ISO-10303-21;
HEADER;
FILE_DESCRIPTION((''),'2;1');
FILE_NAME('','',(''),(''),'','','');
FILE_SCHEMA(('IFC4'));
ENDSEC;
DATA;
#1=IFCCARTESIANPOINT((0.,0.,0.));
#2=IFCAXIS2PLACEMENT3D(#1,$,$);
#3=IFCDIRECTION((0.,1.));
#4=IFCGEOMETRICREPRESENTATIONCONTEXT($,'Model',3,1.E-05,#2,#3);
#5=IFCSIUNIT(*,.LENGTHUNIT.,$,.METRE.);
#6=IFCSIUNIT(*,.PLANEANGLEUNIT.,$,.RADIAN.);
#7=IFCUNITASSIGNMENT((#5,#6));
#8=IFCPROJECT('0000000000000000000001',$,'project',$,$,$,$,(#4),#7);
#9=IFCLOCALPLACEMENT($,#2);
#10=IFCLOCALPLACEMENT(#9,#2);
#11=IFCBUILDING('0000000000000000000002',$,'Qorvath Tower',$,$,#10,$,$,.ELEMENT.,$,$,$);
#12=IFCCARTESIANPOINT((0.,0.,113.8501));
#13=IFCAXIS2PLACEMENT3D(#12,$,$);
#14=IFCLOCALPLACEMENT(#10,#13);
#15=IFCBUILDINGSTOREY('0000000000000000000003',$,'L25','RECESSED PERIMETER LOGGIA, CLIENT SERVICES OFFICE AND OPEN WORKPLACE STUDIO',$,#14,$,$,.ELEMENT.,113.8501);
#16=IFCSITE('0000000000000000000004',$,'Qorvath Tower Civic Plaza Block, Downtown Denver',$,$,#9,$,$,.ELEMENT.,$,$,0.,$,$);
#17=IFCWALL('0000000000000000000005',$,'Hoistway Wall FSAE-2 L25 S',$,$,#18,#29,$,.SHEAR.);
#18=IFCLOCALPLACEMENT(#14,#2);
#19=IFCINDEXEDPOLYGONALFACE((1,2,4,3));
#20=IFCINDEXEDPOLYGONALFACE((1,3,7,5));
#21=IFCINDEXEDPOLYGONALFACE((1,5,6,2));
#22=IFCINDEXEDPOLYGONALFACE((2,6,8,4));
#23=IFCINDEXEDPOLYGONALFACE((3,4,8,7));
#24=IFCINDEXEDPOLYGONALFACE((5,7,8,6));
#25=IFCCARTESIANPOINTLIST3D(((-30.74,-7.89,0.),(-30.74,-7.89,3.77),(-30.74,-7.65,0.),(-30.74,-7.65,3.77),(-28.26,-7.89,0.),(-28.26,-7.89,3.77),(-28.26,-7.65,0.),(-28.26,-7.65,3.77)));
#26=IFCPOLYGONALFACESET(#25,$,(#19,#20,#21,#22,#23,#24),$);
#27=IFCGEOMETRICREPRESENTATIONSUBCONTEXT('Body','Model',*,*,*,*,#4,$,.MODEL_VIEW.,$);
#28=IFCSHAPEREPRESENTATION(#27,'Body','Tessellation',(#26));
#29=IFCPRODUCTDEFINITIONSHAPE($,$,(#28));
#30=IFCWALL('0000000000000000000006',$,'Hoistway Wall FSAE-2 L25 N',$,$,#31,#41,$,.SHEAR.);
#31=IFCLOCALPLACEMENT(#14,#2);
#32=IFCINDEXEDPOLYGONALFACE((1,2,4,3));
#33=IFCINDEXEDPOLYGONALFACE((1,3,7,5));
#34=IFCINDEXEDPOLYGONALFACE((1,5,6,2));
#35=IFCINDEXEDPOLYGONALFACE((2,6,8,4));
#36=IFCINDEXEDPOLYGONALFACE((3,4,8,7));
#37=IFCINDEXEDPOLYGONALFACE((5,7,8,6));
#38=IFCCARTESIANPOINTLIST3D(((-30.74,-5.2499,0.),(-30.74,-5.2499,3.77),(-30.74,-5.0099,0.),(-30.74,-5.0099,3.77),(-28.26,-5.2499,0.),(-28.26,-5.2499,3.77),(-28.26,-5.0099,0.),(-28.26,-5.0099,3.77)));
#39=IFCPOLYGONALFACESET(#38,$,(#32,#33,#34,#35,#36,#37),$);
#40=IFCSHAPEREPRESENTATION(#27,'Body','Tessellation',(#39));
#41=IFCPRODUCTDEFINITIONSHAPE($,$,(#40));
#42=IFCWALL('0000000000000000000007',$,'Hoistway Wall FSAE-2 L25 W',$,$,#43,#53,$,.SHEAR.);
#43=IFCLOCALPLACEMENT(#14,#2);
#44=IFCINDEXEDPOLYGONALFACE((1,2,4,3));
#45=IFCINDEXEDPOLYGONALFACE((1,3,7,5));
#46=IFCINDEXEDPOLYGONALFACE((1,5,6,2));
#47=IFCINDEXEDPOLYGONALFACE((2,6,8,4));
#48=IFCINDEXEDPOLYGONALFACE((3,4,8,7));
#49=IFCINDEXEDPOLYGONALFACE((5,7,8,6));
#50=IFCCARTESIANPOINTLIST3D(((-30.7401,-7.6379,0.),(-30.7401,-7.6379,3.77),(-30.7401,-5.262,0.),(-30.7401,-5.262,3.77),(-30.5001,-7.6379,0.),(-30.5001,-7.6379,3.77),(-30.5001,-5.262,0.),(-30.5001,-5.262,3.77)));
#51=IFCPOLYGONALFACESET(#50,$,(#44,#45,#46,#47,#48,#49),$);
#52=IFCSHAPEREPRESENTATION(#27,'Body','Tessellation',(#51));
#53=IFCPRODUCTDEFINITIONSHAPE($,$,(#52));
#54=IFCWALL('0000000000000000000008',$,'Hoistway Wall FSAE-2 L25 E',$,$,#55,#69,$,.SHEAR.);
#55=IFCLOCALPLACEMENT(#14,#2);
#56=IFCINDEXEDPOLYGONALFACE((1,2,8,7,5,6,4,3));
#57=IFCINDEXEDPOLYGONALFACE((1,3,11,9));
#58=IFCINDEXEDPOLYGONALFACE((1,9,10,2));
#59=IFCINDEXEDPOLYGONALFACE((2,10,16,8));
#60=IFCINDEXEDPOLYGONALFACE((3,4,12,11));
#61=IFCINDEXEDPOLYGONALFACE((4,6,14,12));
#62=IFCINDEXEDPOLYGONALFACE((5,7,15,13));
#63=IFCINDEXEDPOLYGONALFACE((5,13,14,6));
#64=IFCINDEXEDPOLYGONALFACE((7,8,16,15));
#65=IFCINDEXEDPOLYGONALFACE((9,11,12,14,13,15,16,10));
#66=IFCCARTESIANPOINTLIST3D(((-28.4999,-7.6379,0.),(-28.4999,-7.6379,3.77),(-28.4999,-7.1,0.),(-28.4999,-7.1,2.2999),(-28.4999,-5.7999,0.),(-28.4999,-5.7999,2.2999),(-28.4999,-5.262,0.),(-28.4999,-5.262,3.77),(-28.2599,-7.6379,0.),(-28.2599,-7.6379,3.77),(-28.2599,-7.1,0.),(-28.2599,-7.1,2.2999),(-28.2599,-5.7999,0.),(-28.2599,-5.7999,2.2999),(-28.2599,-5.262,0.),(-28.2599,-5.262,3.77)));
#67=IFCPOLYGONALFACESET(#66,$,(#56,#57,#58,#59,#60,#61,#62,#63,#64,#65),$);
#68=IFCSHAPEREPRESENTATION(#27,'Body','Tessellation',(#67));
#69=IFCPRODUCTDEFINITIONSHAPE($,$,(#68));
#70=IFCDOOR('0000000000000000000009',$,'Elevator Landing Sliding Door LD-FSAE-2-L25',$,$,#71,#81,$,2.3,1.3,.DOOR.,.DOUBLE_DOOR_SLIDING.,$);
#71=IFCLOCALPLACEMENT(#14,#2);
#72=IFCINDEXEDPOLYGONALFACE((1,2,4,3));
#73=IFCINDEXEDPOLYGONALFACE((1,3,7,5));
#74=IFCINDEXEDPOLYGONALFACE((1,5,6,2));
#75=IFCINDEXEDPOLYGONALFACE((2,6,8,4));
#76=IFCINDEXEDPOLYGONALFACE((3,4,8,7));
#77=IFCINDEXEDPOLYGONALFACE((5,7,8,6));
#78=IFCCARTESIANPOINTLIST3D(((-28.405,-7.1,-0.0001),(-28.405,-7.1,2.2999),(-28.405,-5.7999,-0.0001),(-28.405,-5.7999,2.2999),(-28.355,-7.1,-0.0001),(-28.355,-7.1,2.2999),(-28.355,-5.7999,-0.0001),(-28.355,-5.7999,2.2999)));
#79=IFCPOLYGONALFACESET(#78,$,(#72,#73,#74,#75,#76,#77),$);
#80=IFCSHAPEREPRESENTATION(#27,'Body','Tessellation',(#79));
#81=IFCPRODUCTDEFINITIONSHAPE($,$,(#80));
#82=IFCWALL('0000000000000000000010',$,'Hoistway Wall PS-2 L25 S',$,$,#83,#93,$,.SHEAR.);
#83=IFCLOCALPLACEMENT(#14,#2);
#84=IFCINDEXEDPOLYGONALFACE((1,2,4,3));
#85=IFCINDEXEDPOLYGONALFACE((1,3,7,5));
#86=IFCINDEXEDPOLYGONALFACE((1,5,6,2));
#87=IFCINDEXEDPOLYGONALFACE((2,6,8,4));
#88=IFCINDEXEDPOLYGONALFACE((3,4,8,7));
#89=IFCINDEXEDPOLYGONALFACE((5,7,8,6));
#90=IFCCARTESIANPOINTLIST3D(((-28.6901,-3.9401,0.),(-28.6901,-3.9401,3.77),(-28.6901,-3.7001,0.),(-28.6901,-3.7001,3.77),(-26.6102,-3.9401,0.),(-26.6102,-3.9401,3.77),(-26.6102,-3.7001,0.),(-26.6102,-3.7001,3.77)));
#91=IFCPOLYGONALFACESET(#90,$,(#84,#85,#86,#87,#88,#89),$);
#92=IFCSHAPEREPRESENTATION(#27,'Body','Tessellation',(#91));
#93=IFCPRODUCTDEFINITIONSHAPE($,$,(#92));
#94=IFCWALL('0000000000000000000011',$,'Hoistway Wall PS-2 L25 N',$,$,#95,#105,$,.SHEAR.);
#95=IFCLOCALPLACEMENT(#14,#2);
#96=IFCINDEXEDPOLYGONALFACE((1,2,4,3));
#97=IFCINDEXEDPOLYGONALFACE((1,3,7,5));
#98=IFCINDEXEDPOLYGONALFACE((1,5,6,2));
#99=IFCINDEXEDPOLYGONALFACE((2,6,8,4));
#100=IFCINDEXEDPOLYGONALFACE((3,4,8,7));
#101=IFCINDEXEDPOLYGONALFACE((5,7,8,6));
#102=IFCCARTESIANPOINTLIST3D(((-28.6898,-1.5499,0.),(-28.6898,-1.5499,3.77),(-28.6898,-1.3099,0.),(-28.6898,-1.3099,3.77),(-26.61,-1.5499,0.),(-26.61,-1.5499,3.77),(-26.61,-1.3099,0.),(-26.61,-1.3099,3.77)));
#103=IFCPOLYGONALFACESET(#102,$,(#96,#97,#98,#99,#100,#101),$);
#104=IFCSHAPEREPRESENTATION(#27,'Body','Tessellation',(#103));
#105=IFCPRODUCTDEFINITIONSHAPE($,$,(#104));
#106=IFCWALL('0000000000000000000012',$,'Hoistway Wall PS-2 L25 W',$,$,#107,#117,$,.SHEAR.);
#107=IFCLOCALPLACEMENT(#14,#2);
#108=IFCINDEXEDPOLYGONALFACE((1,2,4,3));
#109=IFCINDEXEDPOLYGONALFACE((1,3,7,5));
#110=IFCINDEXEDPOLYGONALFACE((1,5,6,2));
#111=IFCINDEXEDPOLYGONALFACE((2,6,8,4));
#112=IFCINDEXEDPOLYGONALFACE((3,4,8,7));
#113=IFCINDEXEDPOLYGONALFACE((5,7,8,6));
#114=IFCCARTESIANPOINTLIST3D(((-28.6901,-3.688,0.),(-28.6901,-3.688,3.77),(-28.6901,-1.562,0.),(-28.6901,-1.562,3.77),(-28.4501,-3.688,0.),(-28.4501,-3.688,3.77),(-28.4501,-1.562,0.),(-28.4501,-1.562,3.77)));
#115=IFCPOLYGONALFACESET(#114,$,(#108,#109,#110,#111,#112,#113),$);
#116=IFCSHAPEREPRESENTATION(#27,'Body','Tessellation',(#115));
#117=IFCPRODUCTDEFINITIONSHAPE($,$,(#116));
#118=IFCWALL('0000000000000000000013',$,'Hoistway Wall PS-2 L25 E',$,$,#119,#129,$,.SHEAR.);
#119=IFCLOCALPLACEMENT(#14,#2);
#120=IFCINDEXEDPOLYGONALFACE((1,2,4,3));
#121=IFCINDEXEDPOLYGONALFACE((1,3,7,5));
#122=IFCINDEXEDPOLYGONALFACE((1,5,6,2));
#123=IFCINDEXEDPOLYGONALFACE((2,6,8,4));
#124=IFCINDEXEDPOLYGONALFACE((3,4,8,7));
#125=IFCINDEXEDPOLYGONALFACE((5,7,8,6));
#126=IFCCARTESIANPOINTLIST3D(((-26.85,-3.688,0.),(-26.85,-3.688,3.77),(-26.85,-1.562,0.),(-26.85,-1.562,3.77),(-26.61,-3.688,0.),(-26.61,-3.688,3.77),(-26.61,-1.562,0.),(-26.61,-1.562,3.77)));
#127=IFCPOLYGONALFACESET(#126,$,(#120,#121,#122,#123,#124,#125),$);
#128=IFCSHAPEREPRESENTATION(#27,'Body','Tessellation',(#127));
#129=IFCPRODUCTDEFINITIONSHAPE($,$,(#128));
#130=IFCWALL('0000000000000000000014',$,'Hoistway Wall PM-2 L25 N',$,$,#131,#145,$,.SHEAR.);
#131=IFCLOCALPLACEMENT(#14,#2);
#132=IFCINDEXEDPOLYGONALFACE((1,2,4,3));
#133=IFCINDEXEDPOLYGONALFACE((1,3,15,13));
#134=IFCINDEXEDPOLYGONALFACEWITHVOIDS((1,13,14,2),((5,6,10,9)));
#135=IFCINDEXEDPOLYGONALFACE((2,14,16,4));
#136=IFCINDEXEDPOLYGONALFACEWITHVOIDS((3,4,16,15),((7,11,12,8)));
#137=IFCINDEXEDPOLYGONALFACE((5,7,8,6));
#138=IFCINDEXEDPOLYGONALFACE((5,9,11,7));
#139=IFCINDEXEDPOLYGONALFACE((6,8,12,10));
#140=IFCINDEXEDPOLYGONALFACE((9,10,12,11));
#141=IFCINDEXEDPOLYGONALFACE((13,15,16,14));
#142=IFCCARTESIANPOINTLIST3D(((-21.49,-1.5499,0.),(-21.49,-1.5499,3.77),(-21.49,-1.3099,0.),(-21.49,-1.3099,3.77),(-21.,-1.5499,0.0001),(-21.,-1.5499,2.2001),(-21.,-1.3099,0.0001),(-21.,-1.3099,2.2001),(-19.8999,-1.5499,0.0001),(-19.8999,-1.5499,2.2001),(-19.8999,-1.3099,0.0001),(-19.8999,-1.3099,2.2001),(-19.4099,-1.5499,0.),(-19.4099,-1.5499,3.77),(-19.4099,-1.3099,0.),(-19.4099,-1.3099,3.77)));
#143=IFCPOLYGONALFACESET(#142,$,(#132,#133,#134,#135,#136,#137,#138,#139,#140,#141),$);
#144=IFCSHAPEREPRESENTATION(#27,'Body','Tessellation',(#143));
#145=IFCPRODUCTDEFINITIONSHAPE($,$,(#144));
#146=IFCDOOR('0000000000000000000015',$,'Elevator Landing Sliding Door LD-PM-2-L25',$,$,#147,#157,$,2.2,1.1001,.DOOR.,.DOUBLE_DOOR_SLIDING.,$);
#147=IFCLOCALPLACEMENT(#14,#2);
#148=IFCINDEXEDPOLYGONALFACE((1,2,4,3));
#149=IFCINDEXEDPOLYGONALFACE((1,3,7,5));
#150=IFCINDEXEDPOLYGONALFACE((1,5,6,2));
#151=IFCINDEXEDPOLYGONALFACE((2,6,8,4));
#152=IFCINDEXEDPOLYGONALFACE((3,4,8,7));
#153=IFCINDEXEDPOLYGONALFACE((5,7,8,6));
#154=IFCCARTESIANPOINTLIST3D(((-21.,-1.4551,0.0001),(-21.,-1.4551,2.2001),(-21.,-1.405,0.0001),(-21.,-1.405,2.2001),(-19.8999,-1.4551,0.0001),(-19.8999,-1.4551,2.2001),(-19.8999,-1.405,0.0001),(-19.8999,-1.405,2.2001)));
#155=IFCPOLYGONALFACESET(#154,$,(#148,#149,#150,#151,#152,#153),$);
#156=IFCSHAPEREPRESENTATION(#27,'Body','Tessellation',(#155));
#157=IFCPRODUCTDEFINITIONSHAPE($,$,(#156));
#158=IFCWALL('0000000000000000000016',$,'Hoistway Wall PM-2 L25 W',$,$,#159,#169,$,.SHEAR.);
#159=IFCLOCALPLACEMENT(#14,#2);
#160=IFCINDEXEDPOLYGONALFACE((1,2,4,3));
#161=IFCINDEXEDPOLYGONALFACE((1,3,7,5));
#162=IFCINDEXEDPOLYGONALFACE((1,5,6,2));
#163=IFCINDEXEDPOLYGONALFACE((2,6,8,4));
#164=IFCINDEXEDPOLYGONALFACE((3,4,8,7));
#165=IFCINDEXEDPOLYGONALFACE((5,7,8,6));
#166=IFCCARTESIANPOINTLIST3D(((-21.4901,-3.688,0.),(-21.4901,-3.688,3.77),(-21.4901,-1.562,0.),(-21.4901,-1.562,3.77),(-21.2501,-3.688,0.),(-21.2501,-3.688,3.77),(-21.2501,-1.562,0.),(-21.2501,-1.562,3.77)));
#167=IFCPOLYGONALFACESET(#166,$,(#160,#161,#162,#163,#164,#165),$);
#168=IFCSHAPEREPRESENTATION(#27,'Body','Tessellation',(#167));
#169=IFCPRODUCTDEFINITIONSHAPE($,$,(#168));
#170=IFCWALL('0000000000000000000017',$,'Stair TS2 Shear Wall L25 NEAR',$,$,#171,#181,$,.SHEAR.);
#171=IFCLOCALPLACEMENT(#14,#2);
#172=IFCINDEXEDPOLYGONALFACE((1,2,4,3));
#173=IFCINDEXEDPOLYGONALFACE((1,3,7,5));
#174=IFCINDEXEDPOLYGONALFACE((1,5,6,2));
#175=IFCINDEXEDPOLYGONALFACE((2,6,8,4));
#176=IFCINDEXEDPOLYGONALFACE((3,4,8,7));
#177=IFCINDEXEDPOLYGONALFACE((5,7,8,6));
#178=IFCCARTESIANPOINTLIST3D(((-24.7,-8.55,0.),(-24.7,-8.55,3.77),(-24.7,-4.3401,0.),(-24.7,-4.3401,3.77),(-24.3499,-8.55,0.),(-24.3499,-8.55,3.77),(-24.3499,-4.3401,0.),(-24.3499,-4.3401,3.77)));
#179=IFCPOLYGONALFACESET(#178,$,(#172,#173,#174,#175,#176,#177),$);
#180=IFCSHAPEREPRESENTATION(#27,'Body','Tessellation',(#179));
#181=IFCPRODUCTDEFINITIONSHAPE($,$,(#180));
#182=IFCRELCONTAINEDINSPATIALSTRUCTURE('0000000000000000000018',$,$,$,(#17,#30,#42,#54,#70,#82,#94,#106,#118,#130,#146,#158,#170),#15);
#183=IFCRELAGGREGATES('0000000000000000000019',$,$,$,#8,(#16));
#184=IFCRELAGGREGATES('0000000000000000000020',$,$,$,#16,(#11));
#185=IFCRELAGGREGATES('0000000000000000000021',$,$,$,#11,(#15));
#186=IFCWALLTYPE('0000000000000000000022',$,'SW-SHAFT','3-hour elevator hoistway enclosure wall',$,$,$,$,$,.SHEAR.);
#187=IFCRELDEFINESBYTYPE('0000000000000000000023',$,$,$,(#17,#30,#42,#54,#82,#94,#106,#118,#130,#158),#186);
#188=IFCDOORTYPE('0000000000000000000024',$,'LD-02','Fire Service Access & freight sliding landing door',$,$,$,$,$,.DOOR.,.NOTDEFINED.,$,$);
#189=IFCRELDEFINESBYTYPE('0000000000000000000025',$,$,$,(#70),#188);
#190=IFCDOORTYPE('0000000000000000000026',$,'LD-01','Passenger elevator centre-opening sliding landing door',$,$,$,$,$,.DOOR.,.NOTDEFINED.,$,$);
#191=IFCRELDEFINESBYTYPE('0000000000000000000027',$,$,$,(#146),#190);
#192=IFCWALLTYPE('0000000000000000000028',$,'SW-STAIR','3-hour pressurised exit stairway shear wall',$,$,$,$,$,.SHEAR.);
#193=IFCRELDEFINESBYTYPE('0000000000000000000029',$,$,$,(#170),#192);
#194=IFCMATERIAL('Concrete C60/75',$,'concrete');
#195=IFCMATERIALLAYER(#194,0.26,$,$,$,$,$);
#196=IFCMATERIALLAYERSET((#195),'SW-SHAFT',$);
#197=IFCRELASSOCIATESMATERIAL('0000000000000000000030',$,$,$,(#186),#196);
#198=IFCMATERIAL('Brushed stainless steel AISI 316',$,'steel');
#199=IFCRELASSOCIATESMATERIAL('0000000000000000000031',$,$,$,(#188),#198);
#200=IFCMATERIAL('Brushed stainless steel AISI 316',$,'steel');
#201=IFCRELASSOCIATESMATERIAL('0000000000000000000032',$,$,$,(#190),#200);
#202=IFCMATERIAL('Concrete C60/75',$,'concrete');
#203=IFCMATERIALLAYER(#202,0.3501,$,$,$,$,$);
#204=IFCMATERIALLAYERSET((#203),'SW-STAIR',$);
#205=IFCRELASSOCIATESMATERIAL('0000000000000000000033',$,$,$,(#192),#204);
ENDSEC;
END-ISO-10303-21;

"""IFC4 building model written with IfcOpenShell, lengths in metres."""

from ifc_helpers import new_model, si_unit, direction, frame, frame_2d, origin, place, context, subcontext, project, spatial, rectangle, extrude, material, layer, layer_set, type_object, element, fill, save


model = new_model("IFC4")

# Units and contexts
model_context = context("Model", 3, precision=1e-05, world=origin(), true_north=direction((0.0, 1.0)))
body_context = subcontext(model_context, "Body", "Model", "MODEL_VIEW")
ifc_project = project(units=[si_unit("LENGTHUNIT", "METRE"), si_unit("PLANEANGLEUNIT", "RADIAN")], contexts=[model_context])

# Site, building, storey
site_placement = place(None, origin())
site = spatial("IfcSite", under=ifc_project, at=site_placement, Name="Qorvath Tower Civic Plaza Block, Downtown Denver", CompositionType="ELEMENT", RefElevation=0.0)
building_placement = place(site_placement, origin())
building = spatial("IfcBuilding", under=site, at=building_placement, Name="Qorvath Tower", CompositionType="ELEMENT")
storey_placement = place(building_placement, frame((0.0, 0.0, 113.8501)))
storey = spatial("IfcBuildingStorey", under=building, at=storey_placement, Name="L25", Description="RECESSED PERIMETER LOGGIA, CLIENT SERVICES OFFICE AND OPEN WORKPLACE STUDIO", CompositionType="ELEMENT", Elevation=113.8501)

# Walls
ifc_material_1 = material(Name="Concrete C60/75", Category="concrete")
ifc_layer_1 = layer(ifc_material_1, 0.26)
ifc_layer_set_1 = layer_set([ifc_layer_1], Name="SW-SHAFT")
wall_type_1 = type_object("IfcWallType", Name="SW-SHAFT", Description="3-hour elevator hoistway enclosure wall", PredefinedType="SHEAR", material=ifc_layer_set_1)
for number, where, z_axis, x_axis, name in (
    (1, (-28.26, -7.77, 0.0), (0.0, 0.0, 1.0), (-1.0, 0.0, 0.0), "Hoistway Wall FSAE-2 L25 S"),
    (2, (-30.74, -5.1299, 0.0), (0.0, 0.0, 1.0), (1.0, 0.0, 0.0), "Hoistway Wall FSAE-2 L25 N"),
):
    element("IfcWall", number, at=place(storey_placement, frame(where, z_axis=z_axis, x_axis=x_axis)), inside=storey, type_object=wall_type_1, Name=name, PredefinedType="SHEAR", context=body_context, shape_type="SweptSolid", body=[
        extrude(rectangle(XDim=2.48, YDim=0.24, at=frame_2d((1.24, 0.0))), origin(), (0.0, 0.0, 1.0), 3.77),
    ])
wall_1_placement = place(storey_placement, frame((-30.6201, -7.6379, 0.0), z_axis=(0.0, 0.0, 1.0), x_axis=(0.0, 1.0, 0.0)))
element("IfcWall", 3, at=wall_1_placement, inside=storey, type_object=wall_type_1, Name="Hoistway Wall FSAE-2 L25 W", PredefinedType="SHEAR", context=body_context, shape_type="SweptSolid", body=[
    extrude(rectangle(XDim=2.376, YDim=0.24, at=frame_2d((1.188, 0.0))), origin(), (0.0, 0.0, 1.0), 3.77),
])

# Wall, opening, door
wall_2_placement = place(storey_placement, frame((-28.3799, -5.262, 0.0), z_axis=(0.0, 0.0, 1.0), x_axis=(0.0, -1.0, 0.0)))
wall_2 = element("IfcWall", 4, at=wall_2_placement, inside=storey, type_object=wall_type_1, Name="Hoistway Wall FSAE-2 L25 E", PredefinedType="SHEAR", context=body_context, shape_type="SweptSolid", body=[
    extrude(rectangle(XDim=2.376, YDim=0.24, at=frame_2d((1.188, 0.0))), origin(), (0.0, 0.0, 1.0), 3.77),
])
opening_1_placement = place(wall_2_placement, frame((0.5381, 0.0, 0.0)))
opening_1 = element("IfcOpeningElement", 5, at=opening_1_placement, cuts=wall_2, PredefinedType="OPENING", context=body_context, shape_type="SweptSolid", body=[
    extrude(rectangle(XDim=1.3, YDim=2.3, at=frame_2d((0.6499, 1.1499))), frame((0.0, 0.1299, 0.0), z_axis=(0.0, -1.0, 0.0), x_axis=(1.0, 0.0, 0.0)), (0.0, 0.0, 1.0), 0.26),
])
ifc_material_2 = material(Name="Brushed stainless steel AISI 316", Category="steel")
door_type_1 = type_object("IfcDoorType", Name="LD-02", Description="Fire Service Access & freight sliding landing door", OperationType="NOTDEFINED", PredefinedType="DOOR", material=ifc_material_2)
door_1_placement = place(opening_1_placement, origin())
door_1 = element("IfcDoor", 6, at=door_1_placement, inside=storey, type_object=door_type_1, Name="Elevator Landing Sliding Door LD-FSAE-2-L25", OperationType="DOUBLE_DOOR_SLIDING", OverallHeight=2.3, OverallWidth=1.3, PredefinedType="DOOR", context=body_context, shape_type="SweptSolid", body=[
    extrude(rectangle(XDim=1.3, YDim=2.3, at=frame_2d((0.6499, 1.1499))), frame((0.0, 0.0249, 0.0), z_axis=(0.0, -1.0, 0.0), x_axis=(1.0, 0.0, 0.0)), (0.0, 0.0, 1.0), 0.05),
])
fill(opening_1, door_1)

# Walls
for number, where, z_axis, x_axis, name in (
    (7, (-26.6101, -3.8201, 0.0), (0.0, 0.0, 1.0), (-1.0, 0.0, 0.0), "Hoistway Wall PS-2 L25 S"),
    (8, (-28.6899, -1.4299, 0.0), (0.0, 0.0, 1.0), (1.0, 0.0, 0.0), "Hoistway Wall PS-2 L25 N"),
):
    element("IfcWall", number, at=place(storey_placement, frame(where, z_axis=z_axis, x_axis=x_axis)), inside=storey, type_object=wall_type_1, Name=name, PredefinedType="SHEAR", context=body_context, shape_type="SweptSolid", body=[
        extrude(rectangle(XDim=2.0798, YDim=0.24, at=frame_2d((1.04, 0.0))), origin(), (0.0, 0.0, 1.0), 3.77),
    ])
for number, where, z_axis, x_axis, name in (
    (9, (-28.5701, -3.688, 0.0), (0.0, 0.0, 1.0), (0.0, 1.0, 0.0), "Hoistway Wall PS-2 L25 W"),
    (10, (-26.73, -1.562, 0.0), (0.0, 0.0, 1.0), (0.0, -1.0, 0.0), "Hoistway Wall PS-2 L25 E"),
):
    element("IfcWall", number, at=place(storey_placement, frame(where, z_axis=z_axis, x_axis=x_axis)), inside=storey, type_object=wall_type_1, Name=name, PredefinedType="SHEAR", context=body_context, shape_type="SweptSolid", body=[
        extrude(rectangle(XDim=2.126, YDim=0.24, at=frame_2d((1.063, 0.0))), origin(), (0.0, 0.0, 1.0), 3.77),
    ])

# Wall, opening, door
wall_3_placement = place(storey_placement, frame((-21.49, -1.4299, 0.0), z_axis=(0.0, 0.0, 1.0), x_axis=(1.0, 0.0, 0.0)))
wall_3 = element("IfcWall", 11, at=wall_3_placement, inside=storey, type_object=wall_type_1, Name="Hoistway Wall PM-2 L25 N", PredefinedType="SHEAR", context=body_context, shape_type="SweptSolid", body=[
    extrude(rectangle(XDim=2.0801, YDim=0.24, at=frame_2d((1.04, 0.0))), origin(), (0.0, 0.0, 1.0), 3.77),
])
opening_2_placement = place(wall_3_placement, frame((0.49, 0.0, 0.0)))
opening_2 = element("IfcOpeningElement", 12, at=opening_2_placement, cuts=wall_3, PredefinedType="OPENING", context=body_context, shape_type="SweptSolid", body=[
    extrude(rectangle(XDim=1.1001, YDim=2.2, at=frame_2d((0.55, 1.1001))), frame((0.0, 0.1299, 0.0), z_axis=(0.0, -1.0, 0.0), x_axis=(1.0, 0.0, 0.0)), (0.0, 0.0, 1.0), 0.26),
])
ifc_material_3 = material(Name="Brushed stainless steel AISI 316", Category="steel")
door_type_2 = type_object("IfcDoorType", Name="LD-01", Description="Passenger elevator centre-opening sliding landing door", OperationType="NOTDEFINED", PredefinedType="DOOR", material=ifc_material_3)
door_2_placement = place(opening_2_placement, origin())
door_2 = element("IfcDoor", 13, at=door_2_placement, inside=storey, type_object=door_type_2, Name="Elevator Landing Sliding Door LD-PM-2-L25", OperationType="DOUBLE_DOOR_SLIDING", OverallHeight=2.2, OverallWidth=1.1001, PredefinedType="DOOR", context=body_context, shape_type="SweptSolid", body=[
    extrude(rectangle(XDim=1.1001, YDim=2.2, at=frame_2d((0.55, 1.1001))), frame((0.0, 0.0249, 0.0), z_axis=(0.0, -1.0, 0.0), x_axis=(1.0, 0.0, 0.0)), (0.0, 0.0, 1.0), 0.05),
])
fill(opening_2, door_2)

# Walls
wall_4_placement = place(storey_placement, frame((-21.3701, -3.688, 0.0), z_axis=(0.0, 0.0, 1.0), x_axis=(0.0, 1.0, 0.0)))
element("IfcWall", 14, at=wall_4_placement, inside=storey, type_object=wall_type_1, Name="Hoistway Wall PM-2 L25 W", PredefinedType="SHEAR", context=body_context, shape_type="SweptSolid", body=[
    extrude(rectangle(XDim=2.126, YDim=0.24, at=frame_2d((1.063, 0.0))), origin(), (0.0, 0.0, 1.0), 3.77),
])
ifc_material_4 = material(Name="Concrete C60/75", Category="concrete")
ifc_layer_2 = layer(ifc_material_4, 0.3501)
ifc_layer_set_2 = layer_set([ifc_layer_2], Name="SW-STAIR")
wall_type_2 = type_object("IfcWallType", Name="SW-STAIR", Description="3-hour pressurised exit stairway shear wall", PredefinedType="SHEAR", material=ifc_layer_set_2)
wall_5_placement = place(storey_placement, frame((-24.5249, -4.3401, 0.0), z_axis=(0.0, 0.0, 1.0), x_axis=(0.0, -1.0, 0.0)))
element("IfcWall", 15, at=wall_5_placement, inside=storey, type_object=wall_type_2, Name="Stair TS2 Shear Wall L25 NEAR", PredefinedType="SHEAR", context=body_context, shape_type="SweptSolid", body=[
    extrude(rectangle(XDim=4.21, YDim=0.3501, at=frame_2d((2.105, 0.0))), origin(), (0.0, 0.0, 1.0), 3.77),
])

save(model, "model.ifc")
